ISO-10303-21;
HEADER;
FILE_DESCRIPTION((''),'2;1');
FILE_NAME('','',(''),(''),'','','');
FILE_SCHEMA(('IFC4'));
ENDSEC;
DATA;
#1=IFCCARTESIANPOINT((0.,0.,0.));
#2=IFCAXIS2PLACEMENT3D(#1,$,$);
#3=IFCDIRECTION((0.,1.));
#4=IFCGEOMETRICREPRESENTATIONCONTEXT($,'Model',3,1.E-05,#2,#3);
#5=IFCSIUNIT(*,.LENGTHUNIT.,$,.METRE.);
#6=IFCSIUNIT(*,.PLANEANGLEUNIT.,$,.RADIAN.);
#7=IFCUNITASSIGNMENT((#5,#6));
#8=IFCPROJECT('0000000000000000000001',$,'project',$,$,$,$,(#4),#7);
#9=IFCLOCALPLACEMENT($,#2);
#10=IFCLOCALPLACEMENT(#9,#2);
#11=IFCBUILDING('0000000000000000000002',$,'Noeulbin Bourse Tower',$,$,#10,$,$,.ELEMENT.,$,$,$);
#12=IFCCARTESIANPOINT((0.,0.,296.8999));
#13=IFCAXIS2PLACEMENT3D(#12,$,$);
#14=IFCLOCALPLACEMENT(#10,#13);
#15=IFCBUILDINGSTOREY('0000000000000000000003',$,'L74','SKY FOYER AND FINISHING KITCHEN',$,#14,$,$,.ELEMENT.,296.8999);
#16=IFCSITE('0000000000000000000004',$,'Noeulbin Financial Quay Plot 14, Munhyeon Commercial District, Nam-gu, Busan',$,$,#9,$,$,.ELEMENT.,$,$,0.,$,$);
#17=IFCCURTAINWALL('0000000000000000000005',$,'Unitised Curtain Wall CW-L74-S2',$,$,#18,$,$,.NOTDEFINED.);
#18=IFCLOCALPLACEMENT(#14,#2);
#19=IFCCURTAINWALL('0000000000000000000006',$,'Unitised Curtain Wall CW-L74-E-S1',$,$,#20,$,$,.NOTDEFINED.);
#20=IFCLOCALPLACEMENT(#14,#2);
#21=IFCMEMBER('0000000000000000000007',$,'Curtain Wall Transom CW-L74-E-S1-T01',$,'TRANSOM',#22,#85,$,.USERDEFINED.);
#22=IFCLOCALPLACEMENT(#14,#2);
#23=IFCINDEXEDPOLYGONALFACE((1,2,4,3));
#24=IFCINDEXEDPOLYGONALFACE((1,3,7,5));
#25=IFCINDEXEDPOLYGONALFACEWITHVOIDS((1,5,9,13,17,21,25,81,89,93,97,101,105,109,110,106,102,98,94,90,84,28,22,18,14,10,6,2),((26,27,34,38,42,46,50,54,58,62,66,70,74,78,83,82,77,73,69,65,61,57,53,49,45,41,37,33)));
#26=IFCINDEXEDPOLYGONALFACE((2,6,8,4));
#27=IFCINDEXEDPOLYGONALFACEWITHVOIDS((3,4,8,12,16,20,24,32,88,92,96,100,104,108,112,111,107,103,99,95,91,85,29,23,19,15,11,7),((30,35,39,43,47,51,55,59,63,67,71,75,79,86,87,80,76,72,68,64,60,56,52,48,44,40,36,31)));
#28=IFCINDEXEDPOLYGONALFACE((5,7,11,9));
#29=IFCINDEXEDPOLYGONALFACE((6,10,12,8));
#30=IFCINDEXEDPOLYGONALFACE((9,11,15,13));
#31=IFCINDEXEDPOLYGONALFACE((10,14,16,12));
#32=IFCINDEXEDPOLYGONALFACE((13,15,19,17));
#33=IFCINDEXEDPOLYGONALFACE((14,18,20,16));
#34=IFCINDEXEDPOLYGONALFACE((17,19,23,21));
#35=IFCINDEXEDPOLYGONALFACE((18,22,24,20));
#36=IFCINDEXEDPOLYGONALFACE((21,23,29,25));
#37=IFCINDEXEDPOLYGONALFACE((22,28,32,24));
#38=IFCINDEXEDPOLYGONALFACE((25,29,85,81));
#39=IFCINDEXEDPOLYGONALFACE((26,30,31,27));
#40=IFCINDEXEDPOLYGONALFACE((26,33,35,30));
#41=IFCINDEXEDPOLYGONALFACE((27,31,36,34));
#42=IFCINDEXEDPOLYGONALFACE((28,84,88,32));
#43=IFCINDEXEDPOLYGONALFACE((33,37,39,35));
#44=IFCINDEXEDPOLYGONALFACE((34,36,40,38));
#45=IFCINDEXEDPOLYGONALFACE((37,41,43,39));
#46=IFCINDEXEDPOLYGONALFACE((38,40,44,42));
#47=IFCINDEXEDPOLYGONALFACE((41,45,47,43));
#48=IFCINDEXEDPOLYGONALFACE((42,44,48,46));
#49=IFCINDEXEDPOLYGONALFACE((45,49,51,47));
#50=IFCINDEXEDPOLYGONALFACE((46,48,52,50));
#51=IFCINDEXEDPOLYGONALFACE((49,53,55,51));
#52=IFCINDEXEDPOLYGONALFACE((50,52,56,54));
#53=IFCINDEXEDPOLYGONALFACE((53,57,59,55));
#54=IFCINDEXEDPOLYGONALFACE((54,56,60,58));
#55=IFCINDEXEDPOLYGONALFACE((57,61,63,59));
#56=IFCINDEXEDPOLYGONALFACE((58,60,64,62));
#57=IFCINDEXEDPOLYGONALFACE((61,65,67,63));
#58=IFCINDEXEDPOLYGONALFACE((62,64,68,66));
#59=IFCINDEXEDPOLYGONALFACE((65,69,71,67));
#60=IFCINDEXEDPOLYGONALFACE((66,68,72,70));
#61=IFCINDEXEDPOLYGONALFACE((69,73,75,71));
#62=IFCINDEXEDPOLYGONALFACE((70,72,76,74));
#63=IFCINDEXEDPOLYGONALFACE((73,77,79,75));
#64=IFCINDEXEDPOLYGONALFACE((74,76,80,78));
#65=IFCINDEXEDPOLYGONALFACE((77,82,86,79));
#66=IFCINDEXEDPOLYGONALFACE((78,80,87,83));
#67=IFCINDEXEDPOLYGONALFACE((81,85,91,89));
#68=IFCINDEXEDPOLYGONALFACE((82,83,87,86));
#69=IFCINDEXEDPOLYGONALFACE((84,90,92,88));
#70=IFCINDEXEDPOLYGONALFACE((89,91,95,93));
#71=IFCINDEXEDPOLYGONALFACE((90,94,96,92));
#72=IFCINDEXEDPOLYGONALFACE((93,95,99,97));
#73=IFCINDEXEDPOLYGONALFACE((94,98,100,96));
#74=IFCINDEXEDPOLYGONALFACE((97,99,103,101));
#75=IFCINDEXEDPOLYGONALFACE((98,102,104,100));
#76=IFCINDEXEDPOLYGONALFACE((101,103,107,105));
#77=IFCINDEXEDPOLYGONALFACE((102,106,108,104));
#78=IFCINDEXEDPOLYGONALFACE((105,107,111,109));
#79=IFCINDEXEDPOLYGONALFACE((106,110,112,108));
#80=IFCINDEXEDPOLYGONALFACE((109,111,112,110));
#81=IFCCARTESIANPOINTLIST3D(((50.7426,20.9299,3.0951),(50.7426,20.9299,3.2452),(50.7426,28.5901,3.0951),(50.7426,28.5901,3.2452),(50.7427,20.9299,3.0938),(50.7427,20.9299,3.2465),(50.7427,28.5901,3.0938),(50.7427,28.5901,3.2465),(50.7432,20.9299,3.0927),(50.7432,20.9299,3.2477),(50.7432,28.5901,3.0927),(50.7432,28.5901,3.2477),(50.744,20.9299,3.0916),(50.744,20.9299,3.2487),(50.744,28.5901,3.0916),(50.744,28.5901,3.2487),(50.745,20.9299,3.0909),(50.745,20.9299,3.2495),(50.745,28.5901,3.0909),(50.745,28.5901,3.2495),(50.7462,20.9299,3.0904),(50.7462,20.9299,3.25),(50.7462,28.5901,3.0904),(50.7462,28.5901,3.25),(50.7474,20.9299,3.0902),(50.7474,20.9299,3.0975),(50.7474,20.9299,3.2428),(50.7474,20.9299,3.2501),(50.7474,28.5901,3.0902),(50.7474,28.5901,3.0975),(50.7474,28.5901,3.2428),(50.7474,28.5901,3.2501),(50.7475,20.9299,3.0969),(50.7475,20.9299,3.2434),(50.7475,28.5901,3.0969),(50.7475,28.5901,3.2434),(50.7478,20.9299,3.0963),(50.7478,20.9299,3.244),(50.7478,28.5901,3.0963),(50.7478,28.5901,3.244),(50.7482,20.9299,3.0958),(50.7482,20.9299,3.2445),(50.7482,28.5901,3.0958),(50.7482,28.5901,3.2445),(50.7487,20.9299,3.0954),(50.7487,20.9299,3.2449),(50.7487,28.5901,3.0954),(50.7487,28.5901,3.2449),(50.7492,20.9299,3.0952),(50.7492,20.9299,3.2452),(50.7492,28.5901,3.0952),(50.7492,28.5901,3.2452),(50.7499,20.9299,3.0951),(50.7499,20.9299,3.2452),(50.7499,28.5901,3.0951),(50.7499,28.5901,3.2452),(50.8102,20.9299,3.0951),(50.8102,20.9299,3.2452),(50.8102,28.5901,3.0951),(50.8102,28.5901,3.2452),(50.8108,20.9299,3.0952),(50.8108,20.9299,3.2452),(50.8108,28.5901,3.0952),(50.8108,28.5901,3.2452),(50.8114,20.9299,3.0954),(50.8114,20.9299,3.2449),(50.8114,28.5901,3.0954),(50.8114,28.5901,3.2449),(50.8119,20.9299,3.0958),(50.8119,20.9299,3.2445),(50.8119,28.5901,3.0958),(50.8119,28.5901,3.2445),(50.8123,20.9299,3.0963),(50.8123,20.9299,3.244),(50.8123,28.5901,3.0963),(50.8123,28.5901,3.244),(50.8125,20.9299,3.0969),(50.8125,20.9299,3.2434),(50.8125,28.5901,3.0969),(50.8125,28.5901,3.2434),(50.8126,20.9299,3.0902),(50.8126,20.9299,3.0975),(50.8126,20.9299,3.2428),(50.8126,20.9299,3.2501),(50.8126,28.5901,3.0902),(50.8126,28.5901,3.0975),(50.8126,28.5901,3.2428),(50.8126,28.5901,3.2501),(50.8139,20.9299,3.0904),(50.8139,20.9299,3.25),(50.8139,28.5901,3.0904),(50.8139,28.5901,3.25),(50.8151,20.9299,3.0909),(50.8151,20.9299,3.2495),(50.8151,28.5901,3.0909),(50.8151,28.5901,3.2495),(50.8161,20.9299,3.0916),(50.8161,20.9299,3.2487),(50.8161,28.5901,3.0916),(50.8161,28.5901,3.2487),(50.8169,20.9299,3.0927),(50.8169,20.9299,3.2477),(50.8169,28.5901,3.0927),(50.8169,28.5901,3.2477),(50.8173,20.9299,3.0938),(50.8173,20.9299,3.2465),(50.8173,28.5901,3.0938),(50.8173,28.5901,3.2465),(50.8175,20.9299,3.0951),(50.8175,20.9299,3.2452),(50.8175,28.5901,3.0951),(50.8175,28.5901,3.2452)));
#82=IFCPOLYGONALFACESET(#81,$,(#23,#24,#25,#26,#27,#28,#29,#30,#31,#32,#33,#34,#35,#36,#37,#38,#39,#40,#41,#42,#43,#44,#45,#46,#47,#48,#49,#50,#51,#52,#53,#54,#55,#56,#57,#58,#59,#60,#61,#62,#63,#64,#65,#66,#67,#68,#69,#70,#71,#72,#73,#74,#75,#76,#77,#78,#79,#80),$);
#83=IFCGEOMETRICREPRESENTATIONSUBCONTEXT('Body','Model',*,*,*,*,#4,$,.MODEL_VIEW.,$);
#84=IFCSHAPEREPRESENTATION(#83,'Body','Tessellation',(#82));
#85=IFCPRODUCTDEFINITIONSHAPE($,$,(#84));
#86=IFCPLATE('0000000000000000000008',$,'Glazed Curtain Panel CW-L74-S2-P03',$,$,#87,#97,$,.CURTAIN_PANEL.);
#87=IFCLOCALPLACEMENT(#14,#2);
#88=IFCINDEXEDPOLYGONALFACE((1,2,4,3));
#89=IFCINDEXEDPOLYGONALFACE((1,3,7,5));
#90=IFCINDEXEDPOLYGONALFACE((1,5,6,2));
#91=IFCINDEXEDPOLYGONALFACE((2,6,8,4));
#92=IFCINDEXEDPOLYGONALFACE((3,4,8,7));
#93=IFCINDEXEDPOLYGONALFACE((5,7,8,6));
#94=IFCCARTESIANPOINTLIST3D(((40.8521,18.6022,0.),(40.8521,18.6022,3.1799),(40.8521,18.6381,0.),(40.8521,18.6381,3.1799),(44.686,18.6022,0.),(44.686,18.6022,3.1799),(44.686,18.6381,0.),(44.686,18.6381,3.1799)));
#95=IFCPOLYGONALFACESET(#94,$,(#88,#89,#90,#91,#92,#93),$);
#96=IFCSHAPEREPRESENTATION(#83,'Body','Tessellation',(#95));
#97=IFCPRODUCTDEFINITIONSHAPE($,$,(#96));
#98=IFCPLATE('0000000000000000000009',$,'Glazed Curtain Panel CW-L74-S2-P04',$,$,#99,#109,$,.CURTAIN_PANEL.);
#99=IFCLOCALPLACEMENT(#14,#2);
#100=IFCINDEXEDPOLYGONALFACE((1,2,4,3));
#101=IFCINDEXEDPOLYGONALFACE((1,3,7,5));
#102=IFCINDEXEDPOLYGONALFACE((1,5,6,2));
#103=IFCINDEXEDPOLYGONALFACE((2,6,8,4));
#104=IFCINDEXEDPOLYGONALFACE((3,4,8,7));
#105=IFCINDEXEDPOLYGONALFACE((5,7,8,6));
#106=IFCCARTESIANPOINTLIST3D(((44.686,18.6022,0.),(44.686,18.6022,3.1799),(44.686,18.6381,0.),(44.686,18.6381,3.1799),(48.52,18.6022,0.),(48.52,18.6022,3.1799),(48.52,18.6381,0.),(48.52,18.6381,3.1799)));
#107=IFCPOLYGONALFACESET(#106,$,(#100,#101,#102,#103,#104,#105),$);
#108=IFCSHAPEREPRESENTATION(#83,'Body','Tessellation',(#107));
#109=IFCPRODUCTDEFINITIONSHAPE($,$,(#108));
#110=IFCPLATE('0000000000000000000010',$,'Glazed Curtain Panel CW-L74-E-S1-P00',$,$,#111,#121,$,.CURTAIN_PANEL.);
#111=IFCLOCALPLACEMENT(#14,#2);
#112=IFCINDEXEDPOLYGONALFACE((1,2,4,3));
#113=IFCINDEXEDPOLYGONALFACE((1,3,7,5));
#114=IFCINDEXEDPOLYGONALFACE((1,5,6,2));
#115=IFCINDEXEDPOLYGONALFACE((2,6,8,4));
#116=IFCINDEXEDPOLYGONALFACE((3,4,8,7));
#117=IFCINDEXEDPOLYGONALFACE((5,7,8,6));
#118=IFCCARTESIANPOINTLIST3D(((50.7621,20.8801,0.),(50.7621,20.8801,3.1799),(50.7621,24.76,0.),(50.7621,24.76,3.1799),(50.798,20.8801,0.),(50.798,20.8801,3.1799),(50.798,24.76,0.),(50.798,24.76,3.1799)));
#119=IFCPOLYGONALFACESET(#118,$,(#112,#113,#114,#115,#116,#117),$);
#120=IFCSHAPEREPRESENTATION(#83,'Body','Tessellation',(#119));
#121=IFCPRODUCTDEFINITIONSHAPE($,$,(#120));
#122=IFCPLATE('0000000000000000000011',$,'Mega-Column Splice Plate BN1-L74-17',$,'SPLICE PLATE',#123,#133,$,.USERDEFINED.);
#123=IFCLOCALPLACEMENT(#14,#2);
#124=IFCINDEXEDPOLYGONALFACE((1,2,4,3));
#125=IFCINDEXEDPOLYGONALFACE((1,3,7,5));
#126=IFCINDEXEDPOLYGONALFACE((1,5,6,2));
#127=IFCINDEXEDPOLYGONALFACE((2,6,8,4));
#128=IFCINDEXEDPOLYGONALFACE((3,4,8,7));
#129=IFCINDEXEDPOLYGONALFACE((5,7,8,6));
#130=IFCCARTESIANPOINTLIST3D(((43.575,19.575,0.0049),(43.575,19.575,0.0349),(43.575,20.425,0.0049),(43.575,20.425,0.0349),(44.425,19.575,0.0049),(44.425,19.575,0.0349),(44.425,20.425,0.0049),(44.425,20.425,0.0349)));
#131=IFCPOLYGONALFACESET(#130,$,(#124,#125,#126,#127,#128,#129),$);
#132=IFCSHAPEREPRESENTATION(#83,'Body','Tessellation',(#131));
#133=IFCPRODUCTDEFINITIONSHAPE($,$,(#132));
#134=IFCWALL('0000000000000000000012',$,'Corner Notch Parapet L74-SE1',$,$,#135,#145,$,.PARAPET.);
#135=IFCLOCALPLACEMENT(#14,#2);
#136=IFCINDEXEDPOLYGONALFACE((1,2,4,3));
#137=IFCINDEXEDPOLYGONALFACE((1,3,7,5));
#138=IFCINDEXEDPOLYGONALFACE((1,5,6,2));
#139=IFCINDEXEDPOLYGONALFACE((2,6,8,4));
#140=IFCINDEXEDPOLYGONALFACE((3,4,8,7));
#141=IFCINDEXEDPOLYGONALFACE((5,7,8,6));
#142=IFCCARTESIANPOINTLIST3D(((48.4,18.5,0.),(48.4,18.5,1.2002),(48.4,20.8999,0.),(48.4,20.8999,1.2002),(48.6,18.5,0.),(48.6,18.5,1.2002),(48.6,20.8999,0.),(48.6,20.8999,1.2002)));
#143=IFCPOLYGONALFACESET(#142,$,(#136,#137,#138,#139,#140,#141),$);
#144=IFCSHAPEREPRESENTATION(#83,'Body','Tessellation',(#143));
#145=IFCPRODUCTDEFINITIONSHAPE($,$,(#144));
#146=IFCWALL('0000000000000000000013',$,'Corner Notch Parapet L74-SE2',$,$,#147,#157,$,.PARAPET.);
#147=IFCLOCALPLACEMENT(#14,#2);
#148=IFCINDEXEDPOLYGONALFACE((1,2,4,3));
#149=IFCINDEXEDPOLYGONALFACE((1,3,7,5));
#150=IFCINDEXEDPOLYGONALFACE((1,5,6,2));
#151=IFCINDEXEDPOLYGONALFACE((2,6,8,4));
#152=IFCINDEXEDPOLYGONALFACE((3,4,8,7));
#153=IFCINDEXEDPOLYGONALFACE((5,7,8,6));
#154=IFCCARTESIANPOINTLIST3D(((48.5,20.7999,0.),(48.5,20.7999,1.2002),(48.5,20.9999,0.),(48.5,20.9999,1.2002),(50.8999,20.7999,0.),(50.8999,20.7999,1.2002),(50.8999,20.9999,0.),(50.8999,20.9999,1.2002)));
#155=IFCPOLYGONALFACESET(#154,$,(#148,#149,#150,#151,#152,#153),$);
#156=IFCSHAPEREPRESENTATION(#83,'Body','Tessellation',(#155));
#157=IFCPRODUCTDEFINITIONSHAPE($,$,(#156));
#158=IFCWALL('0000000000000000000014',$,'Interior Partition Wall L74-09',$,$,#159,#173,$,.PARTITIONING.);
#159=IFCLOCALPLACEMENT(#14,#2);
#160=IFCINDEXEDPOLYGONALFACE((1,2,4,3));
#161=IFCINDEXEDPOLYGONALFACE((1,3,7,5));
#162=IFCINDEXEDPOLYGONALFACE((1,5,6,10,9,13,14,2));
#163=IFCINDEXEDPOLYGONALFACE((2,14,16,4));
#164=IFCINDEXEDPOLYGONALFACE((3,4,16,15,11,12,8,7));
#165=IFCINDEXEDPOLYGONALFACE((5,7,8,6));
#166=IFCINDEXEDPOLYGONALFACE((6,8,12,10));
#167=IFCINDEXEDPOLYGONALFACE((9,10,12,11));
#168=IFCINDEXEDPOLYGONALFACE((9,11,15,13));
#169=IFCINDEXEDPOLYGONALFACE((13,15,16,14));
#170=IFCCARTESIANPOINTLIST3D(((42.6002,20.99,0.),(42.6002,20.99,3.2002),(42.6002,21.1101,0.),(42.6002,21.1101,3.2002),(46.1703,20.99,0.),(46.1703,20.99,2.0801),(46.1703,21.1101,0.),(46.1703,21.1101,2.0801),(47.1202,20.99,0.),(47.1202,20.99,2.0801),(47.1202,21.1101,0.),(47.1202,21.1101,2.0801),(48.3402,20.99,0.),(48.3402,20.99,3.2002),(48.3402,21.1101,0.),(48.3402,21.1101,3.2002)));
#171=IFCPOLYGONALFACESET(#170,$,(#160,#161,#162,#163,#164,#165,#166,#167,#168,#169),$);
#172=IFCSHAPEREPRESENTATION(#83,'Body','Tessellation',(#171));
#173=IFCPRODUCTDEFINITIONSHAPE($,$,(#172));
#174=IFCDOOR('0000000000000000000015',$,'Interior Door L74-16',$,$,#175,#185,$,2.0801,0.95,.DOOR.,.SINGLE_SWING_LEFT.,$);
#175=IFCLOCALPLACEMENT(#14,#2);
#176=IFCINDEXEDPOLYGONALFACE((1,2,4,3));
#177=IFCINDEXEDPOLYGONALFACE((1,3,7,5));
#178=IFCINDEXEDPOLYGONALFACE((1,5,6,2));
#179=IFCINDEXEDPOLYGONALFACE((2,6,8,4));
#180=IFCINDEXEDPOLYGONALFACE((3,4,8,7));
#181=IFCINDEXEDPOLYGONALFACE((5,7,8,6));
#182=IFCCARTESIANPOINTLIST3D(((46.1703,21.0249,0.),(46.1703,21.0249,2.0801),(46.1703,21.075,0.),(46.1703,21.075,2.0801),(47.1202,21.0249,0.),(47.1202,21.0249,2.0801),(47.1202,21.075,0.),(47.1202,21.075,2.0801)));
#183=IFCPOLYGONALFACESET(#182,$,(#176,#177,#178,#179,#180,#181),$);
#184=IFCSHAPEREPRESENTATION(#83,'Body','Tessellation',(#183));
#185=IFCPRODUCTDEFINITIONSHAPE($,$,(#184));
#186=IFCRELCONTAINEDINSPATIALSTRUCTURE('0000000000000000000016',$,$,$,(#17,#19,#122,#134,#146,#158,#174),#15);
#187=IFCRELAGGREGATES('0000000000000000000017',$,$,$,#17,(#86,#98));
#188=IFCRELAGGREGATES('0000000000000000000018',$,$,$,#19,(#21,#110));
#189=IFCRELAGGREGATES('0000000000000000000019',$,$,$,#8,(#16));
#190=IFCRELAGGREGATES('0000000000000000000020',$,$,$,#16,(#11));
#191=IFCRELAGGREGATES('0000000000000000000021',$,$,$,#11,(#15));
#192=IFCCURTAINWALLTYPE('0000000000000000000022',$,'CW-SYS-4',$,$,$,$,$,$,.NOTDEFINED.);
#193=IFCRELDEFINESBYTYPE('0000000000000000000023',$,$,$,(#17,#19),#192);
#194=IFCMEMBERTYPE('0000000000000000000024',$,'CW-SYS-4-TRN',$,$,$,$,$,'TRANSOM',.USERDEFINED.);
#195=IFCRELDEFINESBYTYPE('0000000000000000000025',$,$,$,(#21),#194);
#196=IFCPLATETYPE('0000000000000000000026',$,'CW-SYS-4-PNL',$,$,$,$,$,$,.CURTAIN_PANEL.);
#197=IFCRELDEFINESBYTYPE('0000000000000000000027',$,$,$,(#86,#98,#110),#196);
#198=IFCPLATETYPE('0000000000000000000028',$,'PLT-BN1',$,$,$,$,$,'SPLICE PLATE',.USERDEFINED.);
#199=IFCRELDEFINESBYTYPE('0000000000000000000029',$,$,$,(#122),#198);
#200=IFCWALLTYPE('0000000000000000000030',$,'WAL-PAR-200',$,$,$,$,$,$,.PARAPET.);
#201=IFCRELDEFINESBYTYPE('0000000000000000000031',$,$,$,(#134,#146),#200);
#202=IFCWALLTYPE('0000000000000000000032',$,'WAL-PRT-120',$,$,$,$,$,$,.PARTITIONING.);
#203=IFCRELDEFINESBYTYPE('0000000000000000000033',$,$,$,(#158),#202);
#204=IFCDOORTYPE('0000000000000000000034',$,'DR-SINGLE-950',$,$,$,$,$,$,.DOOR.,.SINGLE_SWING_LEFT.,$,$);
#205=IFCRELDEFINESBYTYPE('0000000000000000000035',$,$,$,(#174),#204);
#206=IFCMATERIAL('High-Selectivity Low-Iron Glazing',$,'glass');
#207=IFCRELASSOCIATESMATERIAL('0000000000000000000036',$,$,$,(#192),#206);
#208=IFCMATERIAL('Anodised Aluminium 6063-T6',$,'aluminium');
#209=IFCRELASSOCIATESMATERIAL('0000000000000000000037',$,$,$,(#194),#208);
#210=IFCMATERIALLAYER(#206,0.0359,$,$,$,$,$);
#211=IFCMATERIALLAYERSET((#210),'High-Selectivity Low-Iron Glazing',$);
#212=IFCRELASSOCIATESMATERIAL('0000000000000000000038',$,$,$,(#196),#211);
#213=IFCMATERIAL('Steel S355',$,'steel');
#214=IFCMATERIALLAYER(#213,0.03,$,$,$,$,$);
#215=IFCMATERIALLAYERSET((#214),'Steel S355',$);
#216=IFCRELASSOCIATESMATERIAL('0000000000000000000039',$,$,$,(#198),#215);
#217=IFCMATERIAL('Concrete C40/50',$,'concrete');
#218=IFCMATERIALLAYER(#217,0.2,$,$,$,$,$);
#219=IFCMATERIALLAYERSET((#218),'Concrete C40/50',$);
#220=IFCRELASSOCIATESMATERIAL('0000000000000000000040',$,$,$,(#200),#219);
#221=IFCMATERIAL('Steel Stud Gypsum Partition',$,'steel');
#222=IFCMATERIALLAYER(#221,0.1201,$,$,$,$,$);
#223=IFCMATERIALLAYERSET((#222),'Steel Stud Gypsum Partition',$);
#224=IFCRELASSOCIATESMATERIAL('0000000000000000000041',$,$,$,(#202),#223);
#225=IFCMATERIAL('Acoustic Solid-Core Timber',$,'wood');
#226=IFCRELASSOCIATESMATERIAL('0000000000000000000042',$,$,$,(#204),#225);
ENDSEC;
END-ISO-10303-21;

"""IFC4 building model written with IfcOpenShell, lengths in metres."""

from ifc_helpers import new_model, si_unit, direction, frame, frame_2d, origin, origin_2d, place, context, subcontext, project, spatial, rectangle, hollow_rectangle, extrude, material, layer, layer_set, material_profile, profile_set, type_object, element, fill, aggregate, save


model = new_model("IFC4")

# Units and contexts
model_context = context("Model", 3, precision=1e-05, world=origin(), true_north=direction((0.0, 1.0)))
body_context = subcontext(model_context, "Body", "Model", "MODEL_VIEW")
ifc_project = project(units=[si_unit("LENGTHUNIT", "METRE"), si_unit("PLANEANGLEUNIT", "RADIAN")], contexts=[model_context])

# Site, building, storey
site_placement = place(None, origin())
site = spatial("IfcSite", under=ifc_project, at=site_placement, Name="Noeulbin Financial Quay Plot 14, Munhyeon Commercial District, Nam-gu, Busan", CompositionType="ELEMENT", RefElevation=0.0)
building_placement = place(site_placement, origin())
building = spatial("IfcBuilding", under=site, at=building_placement, Name="Noeulbin Bourse Tower", CompositionType="ELEMENT")
storey_placement = place(building_placement, frame((0.0, 0.0, 296.8999)))
storey = spatial("IfcBuildingStorey", under=building, at=storey_placement, Name="L74", Description="SKY FOYER AND FINISHING KITCHEN", CompositionType="ELEMENT", Elevation=296.8999)

# Shared definitions
ifc_material_1 = material(Name="Steel S355", Category="steel")

# Curtain walls, member
ifc_material_2 = material(Name="High-Selectivity Low-Iron Glazing", Category="glass")
curtain_wall_type = type_object("IfcCurtainWallType", Name="CW-SYS-4", PredefinedType="NOTDEFINED", material=ifc_material_2)
curtain_wall_1_placement = place(storey_placement, origin())
curtain_wall_1 = element("IfcCurtainWall", 1, at=curtain_wall_1_placement, inside=storey, type_object=curtain_wall_type, Name="Unitised Curtain Wall CW-L74-S2", PredefinedType="NOTDEFINED")
ifc_material_3 = material(Name="Anodised Aluminium 6063-T6", Category="aluminium")
curtain_wall_2_placement = place(storey_placement, origin())
curtain_wall_2 = element("IfcCurtainWall", 2, at=curtain_wall_2_placement, inside=storey, type_object=curtain_wall_type, Name="Unitised Curtain Wall CW-L74-E-S1", PredefinedType="NOTDEFINED")
ifc_material_profile_1 = material_profile(ifc_material_3, hollow_rectangle(XDim=0.075, YDim=0.1599, WallThickness=0.0049, InnerFilletRadius=0.0024, OuterFilletRadius=0.0049, at=origin_2d()), Name="ALU-TRAN-75x160x5", Category="LoadBearing")
ifc_profile_set_1 = profile_set([ifc_material_profile_1], Name="Anodised Aluminium 6063-T6")
member_type_1 = type_object("IfcMemberType", Name="CW-SYS-4-TRN", ElementType="TRANSOM", PredefinedType="USERDEFINED", material=ifc_profile_set_1)
member_1_placement = place(storey_placement, frame((50.78, 20.9299, 3.1702), z_axis=(0.0, 1.0, 0.0), x_axis=(-1.0, 0.0, 0.0)))
member_1 = element("IfcMember", 3, at=member_1_placement, type_object=member_type_1, Name="Curtain Wall Transom CW-L74-E-S1-T01", ObjectType="TRANSOM", PredefinedType="USERDEFINED", context=body_context, shape_type="SweptSolid", body=[
    extrude(hollow_rectangle(XDim=0.075, YDim=0.1599, WallThickness=0.0049, InnerFilletRadius=0.0024, OuterFilletRadius=0.0049, at=origin_2d()), origin(), (0.0, 0.0, 1.0), 7.6602),
])

# Plates
ifc_layer_1 = layer(ifc_material_2, 0.0359)
ifc_layer_set_1 = layer_set([ifc_layer_1], Name="High-Selectivity Low-Iron Glazing")
plate_type_1 = type_object("IfcPlateType", Name="CW-SYS-4-PNL", PredefinedType="CURTAIN_PANEL", material=ifc_layer_set_1)
plate_1_placement = place(storey_placement, frame((42.769, 18.6201, 0.0), z_axis=(0.0, 0.0, 1.0), x_axis=(1.0, 0.0, 0.0)))
plate_1 = element("IfcPlate", 4, at=plate_1_placement, type_object=plate_type_1, Name="Glazed Curtain Panel CW-L74-S2-P03", PredefinedType="CURTAIN_PANEL", context=body_context, shape_type="SweptSolid", body=[
    extrude(rectangle(XDim=3.834, YDim=0.0359, at=origin_2d()), origin(), (0.0, 0.0, 1.0), 3.1799),
])
plate_2_placement = place(storey_placement, frame((46.603, 18.6201, 0.0), z_axis=(0.0, 0.0, 1.0), x_axis=(1.0, 0.0, 0.0)))
plate_2 = element("IfcPlate", 5, at=plate_2_placement, type_object=plate_type_1, Name="Glazed Curtain Panel CW-L74-S2-P04", PredefinedType="CURTAIN_PANEL", context=body_context, shape_type="SweptSolid", body=[
    extrude(rectangle(XDim=3.834, YDim=0.0359, at=origin_2d()), origin(), (0.0, 0.0, 1.0), 3.1799),
])
aggregate(curtain_wall_1, [plate_1, plate_2])
plate_3_placement = place(storey_placement, frame((50.78, 22.8201, 0.0), z_axis=(0.0, 0.0, 1.0), x_axis=(0.0, 1.0, 0.0)))
plate_3 = element("IfcPlate", 6, at=plate_3_placement, type_object=plate_type_1, Name="Glazed Curtain Panel CW-L74-E-S1-P00", PredefinedType="CURTAIN_PANEL", context=body_context, shape_type="SweptSolid", body=[
    extrude(rectangle(XDim=3.8799, YDim=0.0359, at=origin_2d()), origin(), (0.0, 0.0, 1.0), 3.1799),
])
aggregate(curtain_wall_2, [member_1, plate_3])
ifc_layer_2 = layer(ifc_material_1, 0.03)
ifc_layer_set_2 = layer_set([ifc_layer_2], Name="Steel S355")
plate_type_2 = type_object("IfcPlateType", Name="PLT-BN1", ElementType="SPLICE PLATE", PredefinedType="USERDEFINED", material=ifc_layer_set_2)
plate_4_placement = place(storey_placement, frame((44.0, 20.0, 0.0049), z_axis=(0.0, 0.0, 1.0), x_axis=(1.0, 0.0, 0.0)))
element("IfcPlate", 7, at=plate_4_placement, inside=storey, type_object=plate_type_2, Name="Mega-Column Splice Plate BN1-L74-17", ObjectType="SPLICE PLATE", PredefinedType="USERDEFINED", context=body_context, shape_type="SweptSolid", body=[
    extrude(rectangle(XDim=0.8501, YDim=0.8501, at=origin_2d()), origin(), (0.0, 0.0, 1.0), 0.03),
])

# Walls
ifc_material_4 = material(Name="Concrete C40/50", Category="concrete")
ifc_layer_3 = layer(ifc_material_4, 0.2)
ifc_layer_set_3 = layer_set([ifc_layer_3], Name="Concrete C40/50")
wall_type_1 = type_object("IfcWallType", Name="WAL-PAR-200", PredefinedType="PARAPET", material=ifc_layer_set_3)
for number, where, z_axis, x_axis, name in (
    (8, (48.5, 18.5, 0.0), (0.0, 0.0, 1.0), (0.0, 1.0, 0.0), "Corner Notch Parapet L74-SE1"),
    (9, (48.5, 20.8999, 0.0), (0.0, 0.0, 1.0), (1.0, 0.0, 0.0), "Corner Notch Parapet L74-SE2"),
):
    element("IfcWall", number, at=place(storey_placement, frame(where, z_axis=z_axis, x_axis=x_axis)), inside=storey, type_object=wall_type_1, Name=name, PredefinedType="PARAPET", context=body_context, shape_type="SweptSolid", body=[
        extrude(rectangle(XDim=2.3999, YDim=0.2, at=frame_2d((1.2, 0.0))), origin(), (0.0, 0.0, 1.0), 1.2002),
    ])

# Wall, opening, door
ifc_material_5 = material(Name="Steel Stud Gypsum Partition", Category="steel")
ifc_layer_4 = layer(ifc_material_5, 0.1201)
ifc_layer_set_4 = layer_set([ifc_layer_4], Name="Steel Stud Gypsum Partition")
wall_type_2 = type_object("IfcWallType", Name="WAL-PRT-120", PredefinedType="PARTITIONING", material=ifc_layer_set_4)
wall_1_placement = place(storey_placement, frame((42.6001, 21.05, 0.0), z_axis=(0.0, 0.0, 1.0), x_axis=(1.0, 0.0, 0.0)))
wall_1 = element("IfcWall", 10, at=wall_1_placement, inside=storey, type_object=wall_type_2, Name="Interior Partition Wall L74-09", PredefinedType="PARTITIONING", context=body_context, shape_type="SweptSolid", body=[
    extrude(rectangle(XDim=5.74, YDim=0.1201, at=frame_2d((2.8701, 0.0))), origin(), (0.0, 0.0, 1.0), 3.2002),
])
opening_1_placement = place(wall_1_placement, frame((3.5701, 0.0, 0.0)))
opening_1 = element("IfcOpeningElement", 11, at=opening_1_placement, cuts=wall_1, PredefinedType="OPENING", context=body_context, shape_type="SweptSolid", body=[
    extrude(rectangle(XDim=0.95, YDim=2.0801, at=frame_2d((0.4751, 1.04))), frame((0.0, 0.0701, 0.0), z_axis=(0.0, -1.0, 0.0), x_axis=(1.0, 0.0, 0.0)), (0.0, 0.0, 1.0), 0.1401),
])
ifc_material_6 = material(Name="Acoustic Solid-Core Timber", Category="wood")
door_type = type_object("IfcDoorType", Name="DR-SINGLE-950", OperationType="SINGLE_SWING_LEFT", PredefinedType="DOOR", material=ifc_material_6)
door_1_placement = place(opening_1_placement, origin())
door_1 = element("IfcDoor", 12, at=door_1_placement, inside=storey, type_object=door_type, Name="Interior Door L74-16", OperationType="SINGLE_SWING_LEFT", OverallHeight=2.0801, OverallWidth=0.95, PredefinedType="DOOR", context=body_context, shape_type="SweptSolid", body=[
    extrude(rectangle(XDim=0.95, YDim=2.0801, at=frame_2d((0.4751, 1.04))), frame((0.0, 0.0249, 0.0), z_axis=(0.0, -1.0, 0.0), x_axis=(1.0, 0.0, 0.0)), (0.0, 0.0, 1.0), 0.05),
])
fill(opening_1, door_1)

save(model, "model.ifc")
